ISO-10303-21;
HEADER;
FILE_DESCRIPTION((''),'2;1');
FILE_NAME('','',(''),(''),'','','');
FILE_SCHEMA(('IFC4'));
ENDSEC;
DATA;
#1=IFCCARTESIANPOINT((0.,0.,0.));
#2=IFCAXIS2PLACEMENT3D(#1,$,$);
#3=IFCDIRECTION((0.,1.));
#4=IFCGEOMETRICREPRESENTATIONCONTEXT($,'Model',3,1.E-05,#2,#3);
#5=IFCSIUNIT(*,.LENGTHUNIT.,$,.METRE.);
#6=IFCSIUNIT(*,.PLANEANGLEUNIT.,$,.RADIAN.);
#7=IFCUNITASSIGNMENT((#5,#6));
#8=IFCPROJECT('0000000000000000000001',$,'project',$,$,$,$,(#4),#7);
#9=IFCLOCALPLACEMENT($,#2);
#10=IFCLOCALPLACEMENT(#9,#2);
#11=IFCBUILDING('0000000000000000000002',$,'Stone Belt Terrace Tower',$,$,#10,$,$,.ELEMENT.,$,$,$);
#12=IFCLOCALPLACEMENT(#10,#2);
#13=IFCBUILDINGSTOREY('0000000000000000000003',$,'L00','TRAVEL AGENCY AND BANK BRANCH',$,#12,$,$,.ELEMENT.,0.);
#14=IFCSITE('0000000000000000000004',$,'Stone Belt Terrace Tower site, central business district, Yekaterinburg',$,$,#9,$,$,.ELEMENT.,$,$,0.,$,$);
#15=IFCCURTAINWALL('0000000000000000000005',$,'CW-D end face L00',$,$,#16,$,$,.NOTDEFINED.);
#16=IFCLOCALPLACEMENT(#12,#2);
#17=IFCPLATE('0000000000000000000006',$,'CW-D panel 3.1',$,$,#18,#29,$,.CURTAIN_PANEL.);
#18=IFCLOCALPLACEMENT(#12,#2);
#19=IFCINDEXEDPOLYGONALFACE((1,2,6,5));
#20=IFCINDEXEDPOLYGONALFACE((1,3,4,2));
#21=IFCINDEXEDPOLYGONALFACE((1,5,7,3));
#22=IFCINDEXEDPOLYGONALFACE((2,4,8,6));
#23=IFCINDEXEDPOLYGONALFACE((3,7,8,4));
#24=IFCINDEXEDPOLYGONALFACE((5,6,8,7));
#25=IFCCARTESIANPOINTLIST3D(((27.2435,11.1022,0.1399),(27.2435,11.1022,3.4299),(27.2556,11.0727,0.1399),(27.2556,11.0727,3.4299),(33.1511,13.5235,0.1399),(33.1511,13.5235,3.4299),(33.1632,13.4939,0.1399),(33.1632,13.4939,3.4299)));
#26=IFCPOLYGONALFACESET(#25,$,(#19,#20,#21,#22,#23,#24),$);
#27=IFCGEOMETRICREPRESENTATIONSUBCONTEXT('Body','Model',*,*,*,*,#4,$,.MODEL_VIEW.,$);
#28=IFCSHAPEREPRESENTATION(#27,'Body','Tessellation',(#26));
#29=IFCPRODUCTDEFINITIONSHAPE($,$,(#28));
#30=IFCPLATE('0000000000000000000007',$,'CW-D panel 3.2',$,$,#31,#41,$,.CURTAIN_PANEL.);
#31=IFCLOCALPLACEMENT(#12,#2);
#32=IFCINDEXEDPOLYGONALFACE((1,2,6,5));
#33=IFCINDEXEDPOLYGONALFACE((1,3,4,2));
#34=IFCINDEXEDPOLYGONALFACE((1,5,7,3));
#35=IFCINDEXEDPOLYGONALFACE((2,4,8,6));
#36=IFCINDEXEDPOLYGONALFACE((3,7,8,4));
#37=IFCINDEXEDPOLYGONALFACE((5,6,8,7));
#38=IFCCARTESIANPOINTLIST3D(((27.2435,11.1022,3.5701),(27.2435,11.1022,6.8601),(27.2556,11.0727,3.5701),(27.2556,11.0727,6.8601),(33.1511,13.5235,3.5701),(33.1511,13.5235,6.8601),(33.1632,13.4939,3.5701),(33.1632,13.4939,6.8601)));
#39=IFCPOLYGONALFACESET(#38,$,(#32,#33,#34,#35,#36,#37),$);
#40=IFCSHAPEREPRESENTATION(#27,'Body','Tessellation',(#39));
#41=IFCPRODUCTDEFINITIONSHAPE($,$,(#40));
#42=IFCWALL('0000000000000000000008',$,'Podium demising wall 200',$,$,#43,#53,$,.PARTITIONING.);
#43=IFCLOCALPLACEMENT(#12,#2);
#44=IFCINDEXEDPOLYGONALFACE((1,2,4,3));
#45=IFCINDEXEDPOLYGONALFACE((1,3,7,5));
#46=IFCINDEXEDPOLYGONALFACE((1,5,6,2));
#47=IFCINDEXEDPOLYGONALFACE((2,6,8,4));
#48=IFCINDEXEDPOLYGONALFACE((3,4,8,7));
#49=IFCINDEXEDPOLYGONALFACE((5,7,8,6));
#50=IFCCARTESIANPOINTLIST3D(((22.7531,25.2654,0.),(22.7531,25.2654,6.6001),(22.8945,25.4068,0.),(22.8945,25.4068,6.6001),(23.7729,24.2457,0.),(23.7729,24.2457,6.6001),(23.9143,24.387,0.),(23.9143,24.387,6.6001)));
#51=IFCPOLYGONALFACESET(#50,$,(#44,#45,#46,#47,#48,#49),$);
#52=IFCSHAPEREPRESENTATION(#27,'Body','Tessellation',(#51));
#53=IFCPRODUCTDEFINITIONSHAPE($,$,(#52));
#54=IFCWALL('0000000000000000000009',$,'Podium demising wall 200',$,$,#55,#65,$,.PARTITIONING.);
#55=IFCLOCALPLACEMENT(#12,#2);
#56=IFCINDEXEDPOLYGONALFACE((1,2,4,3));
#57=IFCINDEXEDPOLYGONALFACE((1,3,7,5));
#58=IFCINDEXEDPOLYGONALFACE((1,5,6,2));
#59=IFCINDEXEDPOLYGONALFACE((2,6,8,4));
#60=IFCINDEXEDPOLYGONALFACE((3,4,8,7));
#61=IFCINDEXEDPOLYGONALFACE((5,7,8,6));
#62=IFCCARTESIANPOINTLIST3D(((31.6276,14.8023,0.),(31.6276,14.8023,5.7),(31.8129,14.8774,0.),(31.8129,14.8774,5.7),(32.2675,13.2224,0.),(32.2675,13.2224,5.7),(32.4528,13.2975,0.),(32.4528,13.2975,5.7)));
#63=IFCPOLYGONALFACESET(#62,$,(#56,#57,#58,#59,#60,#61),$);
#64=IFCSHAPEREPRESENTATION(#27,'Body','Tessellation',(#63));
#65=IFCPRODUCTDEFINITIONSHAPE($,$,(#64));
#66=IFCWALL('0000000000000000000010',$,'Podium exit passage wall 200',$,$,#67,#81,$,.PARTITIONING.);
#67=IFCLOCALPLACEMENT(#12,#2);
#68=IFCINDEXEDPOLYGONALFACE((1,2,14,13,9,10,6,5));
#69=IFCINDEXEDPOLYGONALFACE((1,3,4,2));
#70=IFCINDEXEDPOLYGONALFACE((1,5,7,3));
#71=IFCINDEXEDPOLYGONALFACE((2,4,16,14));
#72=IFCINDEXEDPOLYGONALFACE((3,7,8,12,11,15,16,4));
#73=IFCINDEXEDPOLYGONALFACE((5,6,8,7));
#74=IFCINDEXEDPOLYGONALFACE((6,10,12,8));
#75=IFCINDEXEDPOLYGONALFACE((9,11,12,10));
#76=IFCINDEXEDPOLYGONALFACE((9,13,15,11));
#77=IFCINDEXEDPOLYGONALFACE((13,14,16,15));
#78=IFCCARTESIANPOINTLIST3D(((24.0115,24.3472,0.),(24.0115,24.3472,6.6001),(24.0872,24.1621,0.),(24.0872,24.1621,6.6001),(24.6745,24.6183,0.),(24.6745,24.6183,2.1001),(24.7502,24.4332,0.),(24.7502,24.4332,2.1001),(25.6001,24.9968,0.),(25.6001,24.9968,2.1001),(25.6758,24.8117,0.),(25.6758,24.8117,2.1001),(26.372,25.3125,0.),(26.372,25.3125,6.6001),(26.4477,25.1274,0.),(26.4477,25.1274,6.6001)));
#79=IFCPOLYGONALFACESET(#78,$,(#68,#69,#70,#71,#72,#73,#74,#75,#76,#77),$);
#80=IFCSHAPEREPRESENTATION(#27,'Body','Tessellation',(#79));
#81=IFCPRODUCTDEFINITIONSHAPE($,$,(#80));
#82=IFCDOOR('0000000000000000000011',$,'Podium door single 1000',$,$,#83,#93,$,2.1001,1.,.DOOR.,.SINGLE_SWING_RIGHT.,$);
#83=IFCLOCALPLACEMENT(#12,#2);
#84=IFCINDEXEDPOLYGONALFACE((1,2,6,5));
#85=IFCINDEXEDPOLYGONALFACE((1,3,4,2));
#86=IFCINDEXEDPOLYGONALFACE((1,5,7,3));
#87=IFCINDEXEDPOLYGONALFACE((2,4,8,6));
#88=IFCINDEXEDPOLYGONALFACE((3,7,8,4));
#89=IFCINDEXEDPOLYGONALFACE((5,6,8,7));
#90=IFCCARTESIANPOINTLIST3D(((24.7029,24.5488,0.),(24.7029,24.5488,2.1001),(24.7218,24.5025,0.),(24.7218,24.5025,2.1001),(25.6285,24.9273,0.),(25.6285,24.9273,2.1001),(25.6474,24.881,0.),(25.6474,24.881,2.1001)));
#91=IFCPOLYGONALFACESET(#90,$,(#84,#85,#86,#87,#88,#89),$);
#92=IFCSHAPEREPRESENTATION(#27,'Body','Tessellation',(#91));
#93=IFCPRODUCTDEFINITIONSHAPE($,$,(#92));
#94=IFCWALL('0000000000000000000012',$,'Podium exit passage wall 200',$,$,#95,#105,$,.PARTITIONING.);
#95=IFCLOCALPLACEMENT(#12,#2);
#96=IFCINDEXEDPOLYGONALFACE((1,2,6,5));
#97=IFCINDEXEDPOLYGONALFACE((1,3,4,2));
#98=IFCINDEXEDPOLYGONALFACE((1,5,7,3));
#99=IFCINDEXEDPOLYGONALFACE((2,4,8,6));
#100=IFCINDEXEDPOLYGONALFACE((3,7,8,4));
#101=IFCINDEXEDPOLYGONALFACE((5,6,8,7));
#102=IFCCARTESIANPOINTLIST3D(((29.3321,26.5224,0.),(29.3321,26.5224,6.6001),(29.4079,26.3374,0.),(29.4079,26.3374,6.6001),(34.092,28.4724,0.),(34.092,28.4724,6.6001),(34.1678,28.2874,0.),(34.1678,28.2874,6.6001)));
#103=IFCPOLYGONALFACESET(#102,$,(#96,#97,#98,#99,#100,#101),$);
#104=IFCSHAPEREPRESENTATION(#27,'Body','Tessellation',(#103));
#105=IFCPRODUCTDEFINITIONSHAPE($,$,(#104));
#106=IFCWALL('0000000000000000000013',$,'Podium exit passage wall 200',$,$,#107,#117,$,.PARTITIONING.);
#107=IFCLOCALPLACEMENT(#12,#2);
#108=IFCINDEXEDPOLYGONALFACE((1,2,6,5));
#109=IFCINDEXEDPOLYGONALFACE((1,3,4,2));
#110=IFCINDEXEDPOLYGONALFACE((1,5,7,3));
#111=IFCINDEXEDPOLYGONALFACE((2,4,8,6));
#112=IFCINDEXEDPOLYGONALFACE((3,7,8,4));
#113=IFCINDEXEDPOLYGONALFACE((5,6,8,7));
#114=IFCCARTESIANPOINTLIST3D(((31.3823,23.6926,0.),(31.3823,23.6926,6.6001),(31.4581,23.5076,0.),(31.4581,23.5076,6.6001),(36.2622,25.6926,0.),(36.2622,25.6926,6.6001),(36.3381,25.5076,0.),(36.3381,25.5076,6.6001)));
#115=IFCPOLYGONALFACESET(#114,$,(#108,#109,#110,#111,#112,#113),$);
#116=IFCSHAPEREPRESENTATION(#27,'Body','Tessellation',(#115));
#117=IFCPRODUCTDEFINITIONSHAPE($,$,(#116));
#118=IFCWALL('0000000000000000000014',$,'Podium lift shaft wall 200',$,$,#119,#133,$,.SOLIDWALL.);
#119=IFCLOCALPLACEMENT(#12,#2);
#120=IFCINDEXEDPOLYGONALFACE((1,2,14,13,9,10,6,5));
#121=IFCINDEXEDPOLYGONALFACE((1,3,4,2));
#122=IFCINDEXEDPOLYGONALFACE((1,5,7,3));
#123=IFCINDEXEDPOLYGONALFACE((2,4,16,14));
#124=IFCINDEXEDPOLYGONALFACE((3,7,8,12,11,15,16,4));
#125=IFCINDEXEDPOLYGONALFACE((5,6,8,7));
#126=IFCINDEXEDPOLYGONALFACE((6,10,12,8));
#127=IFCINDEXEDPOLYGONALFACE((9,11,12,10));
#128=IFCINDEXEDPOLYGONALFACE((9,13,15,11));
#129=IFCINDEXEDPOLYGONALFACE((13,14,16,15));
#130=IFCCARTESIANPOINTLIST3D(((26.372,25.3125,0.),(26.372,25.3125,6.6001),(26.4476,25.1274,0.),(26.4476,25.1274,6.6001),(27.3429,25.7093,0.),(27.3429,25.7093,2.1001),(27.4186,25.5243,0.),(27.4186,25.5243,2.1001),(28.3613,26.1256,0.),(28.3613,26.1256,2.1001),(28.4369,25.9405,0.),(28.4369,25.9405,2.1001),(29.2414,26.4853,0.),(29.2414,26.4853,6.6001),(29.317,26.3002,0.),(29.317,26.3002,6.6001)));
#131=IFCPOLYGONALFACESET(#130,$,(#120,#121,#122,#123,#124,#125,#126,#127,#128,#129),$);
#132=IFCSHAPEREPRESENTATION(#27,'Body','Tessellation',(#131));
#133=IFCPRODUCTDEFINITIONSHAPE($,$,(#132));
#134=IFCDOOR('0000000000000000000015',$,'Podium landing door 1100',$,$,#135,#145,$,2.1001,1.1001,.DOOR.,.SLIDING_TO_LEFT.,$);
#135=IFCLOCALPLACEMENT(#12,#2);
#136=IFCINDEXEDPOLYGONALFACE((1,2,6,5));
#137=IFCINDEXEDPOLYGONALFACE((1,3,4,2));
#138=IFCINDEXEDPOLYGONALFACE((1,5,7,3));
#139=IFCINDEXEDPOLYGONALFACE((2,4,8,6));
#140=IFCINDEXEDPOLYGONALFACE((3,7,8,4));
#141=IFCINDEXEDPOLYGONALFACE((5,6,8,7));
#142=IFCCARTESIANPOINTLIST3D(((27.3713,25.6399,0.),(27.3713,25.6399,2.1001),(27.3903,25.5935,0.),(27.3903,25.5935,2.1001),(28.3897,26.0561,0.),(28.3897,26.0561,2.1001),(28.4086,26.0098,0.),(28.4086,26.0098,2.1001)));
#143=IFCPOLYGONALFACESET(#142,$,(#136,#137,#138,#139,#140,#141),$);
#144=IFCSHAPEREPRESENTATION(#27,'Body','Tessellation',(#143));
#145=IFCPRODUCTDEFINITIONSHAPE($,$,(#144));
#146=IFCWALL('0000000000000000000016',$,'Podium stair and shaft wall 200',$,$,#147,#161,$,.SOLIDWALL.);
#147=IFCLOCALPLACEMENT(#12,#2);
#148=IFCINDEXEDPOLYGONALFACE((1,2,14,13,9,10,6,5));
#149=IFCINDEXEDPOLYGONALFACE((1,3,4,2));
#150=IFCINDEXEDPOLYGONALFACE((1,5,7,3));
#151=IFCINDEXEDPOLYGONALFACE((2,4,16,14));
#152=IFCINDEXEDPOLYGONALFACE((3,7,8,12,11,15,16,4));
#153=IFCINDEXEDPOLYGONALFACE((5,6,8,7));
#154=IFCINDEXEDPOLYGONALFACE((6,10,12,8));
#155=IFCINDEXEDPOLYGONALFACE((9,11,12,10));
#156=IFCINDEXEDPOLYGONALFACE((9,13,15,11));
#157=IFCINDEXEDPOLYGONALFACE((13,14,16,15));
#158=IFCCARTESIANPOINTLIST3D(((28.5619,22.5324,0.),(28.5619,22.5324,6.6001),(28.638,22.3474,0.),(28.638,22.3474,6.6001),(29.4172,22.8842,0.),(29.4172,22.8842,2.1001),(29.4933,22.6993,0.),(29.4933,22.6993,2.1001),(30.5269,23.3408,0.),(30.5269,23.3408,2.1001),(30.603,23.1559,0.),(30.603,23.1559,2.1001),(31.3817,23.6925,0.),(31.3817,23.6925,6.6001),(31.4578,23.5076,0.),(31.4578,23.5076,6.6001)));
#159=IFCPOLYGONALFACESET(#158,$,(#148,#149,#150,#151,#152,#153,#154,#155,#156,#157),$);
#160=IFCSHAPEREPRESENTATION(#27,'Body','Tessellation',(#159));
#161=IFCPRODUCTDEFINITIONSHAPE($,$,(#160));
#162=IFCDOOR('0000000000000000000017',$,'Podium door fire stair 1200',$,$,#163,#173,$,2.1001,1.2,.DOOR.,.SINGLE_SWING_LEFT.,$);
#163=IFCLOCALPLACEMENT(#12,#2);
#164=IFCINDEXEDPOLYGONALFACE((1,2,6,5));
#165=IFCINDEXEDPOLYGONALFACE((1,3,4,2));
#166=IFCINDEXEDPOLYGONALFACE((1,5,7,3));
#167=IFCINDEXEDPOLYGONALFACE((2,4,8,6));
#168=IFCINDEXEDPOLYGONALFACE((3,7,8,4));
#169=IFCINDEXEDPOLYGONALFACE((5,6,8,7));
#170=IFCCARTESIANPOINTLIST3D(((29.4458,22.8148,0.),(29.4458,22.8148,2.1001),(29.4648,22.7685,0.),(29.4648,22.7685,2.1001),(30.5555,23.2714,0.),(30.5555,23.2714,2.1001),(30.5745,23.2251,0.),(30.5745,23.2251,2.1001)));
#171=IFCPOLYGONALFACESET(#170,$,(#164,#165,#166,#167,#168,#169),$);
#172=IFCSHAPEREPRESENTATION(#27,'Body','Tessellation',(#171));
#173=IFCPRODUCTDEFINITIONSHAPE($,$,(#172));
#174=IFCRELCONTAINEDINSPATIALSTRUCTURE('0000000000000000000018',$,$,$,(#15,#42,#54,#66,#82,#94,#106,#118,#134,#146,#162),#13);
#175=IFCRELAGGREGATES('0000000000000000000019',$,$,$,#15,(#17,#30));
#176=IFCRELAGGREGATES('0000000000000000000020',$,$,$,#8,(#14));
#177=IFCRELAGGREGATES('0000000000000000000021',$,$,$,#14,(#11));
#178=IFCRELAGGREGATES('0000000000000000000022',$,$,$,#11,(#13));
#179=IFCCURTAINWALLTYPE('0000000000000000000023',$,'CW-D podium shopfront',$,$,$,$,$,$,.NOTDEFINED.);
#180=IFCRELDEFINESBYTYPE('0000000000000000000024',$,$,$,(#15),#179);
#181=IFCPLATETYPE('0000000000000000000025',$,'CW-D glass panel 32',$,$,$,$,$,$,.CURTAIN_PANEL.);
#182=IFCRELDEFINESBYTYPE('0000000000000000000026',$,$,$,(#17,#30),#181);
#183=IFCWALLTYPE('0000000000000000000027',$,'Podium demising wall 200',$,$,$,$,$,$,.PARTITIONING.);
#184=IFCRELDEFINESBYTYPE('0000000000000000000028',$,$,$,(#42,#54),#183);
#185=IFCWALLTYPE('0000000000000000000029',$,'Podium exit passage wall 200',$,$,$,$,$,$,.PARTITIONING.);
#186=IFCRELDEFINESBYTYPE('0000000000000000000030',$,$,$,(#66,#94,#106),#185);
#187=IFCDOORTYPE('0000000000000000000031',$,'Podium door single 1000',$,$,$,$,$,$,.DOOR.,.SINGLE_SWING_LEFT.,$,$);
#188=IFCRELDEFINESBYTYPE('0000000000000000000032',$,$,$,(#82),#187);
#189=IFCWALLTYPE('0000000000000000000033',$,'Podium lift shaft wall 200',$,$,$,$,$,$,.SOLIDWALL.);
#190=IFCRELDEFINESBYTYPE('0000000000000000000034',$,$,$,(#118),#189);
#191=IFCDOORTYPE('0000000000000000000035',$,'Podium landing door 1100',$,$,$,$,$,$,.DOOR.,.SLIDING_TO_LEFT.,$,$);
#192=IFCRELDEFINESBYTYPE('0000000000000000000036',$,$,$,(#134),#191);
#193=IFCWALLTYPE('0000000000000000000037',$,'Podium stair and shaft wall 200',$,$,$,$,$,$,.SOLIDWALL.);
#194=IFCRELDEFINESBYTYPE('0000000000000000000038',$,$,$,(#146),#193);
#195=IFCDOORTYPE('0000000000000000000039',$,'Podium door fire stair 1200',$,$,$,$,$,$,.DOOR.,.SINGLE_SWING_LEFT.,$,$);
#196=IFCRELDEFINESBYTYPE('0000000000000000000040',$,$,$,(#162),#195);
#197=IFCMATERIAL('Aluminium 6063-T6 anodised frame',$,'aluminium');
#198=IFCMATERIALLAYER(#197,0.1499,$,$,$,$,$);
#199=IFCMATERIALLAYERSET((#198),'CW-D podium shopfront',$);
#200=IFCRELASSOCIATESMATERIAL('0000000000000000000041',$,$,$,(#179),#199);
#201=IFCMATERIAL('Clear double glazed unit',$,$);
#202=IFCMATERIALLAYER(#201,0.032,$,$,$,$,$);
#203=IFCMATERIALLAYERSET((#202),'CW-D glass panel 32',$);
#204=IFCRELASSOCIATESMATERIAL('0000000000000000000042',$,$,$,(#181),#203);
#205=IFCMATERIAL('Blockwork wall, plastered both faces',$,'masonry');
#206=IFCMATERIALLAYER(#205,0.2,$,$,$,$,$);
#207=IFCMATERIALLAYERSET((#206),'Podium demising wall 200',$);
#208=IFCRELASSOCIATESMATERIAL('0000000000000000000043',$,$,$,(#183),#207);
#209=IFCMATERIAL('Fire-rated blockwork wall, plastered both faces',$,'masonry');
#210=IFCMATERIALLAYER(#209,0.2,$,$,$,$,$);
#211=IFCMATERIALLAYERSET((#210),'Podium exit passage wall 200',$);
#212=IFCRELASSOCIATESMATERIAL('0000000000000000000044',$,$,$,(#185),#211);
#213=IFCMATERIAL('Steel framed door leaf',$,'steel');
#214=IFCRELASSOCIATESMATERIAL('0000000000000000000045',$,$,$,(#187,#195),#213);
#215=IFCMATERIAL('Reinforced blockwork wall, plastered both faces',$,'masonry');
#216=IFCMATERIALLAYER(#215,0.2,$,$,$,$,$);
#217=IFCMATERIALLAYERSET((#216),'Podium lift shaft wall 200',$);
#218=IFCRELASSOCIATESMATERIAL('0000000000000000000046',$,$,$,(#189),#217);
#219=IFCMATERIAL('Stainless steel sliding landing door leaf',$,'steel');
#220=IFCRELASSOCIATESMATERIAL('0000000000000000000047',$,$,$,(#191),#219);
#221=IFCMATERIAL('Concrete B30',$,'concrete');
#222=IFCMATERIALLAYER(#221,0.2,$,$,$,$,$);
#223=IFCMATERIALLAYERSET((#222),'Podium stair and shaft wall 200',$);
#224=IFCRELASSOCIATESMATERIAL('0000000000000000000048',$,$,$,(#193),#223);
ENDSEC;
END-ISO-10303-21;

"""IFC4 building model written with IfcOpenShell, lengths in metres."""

from ifc_helpers import new_model, si_unit, direction, frame, frame_2d, origin, origin_2d, place, context, subcontext, project, spatial, rectangle, extrude, material, layer, layer_set, type_object, element, fill, aggregate, save


model = new_model("IFC4")

# Units and contexts
model_context = context("Model", 3, precision=1e-05, world=origin(), true_north=direction((0.0, 1.0)))
body_context = subcontext(model_context, "Body", "Model", "MODEL_VIEW")
ifc_project = project(units=[si_unit("LENGTHUNIT", "METRE"), si_unit("PLANEANGLEUNIT", "RADIAN")], contexts=[model_context])

# Site, building, storey
site_placement = place(None, origin())
site = spatial("IfcSite", under=ifc_project, at=site_placement, Name="Stone Belt Terrace Tower site, central business district, Yekaterinburg", CompositionType="ELEMENT", RefElevation=0.0)
building_placement = place(site_placement, origin())
building = spatial("IfcBuilding", under=site, at=building_placement, Name="Stone Belt Terrace Tower", CompositionType="ELEMENT")
storey_placement = place(building_placement, origin())
storey = spatial("IfcBuildingStorey", under=building, at=storey_placement, Name="L00", Description="TRAVEL AGENCY AND BANK BRANCH", CompositionType="ELEMENT", Elevation=0.0)

# Curtain wall
ifc_material_1 = material(Name="Aluminium 6063-T6 anodised frame", Category="aluminium")
ifc_layer_1 = layer(ifc_material_1, 0.1499)
ifc_layer_set_1 = layer_set([ifc_layer_1], Name="CW-D podium shopfront")
curtain_wall_type = type_object("IfcCurtainWallType", Name="CW-D podium shopfront", PredefinedType="NOTDEFINED", material=ifc_layer_set_1)
curtain_wall_placement = place(storey_placement, origin())
curtain_wall = element("IfcCurtainWall", 1, at=curtain_wall_placement, inside=storey, type_object=curtain_wall_type, Name="CW-D end face L00", PredefinedType="NOTDEFINED")

# Plates
ifc_material_2 = material(Name="Clear double glazed unit")
ifc_layer_2 = layer(ifc_material_2, 0.032)
ifc_layer_set_2 = layer_set([ifc_layer_2], Name="CW-D glass panel 32")
plate_type = type_object("IfcPlateType", Name="CW-D glass panel 32", PredefinedType="CURTAIN_PANEL", material=ifc_layer_set_2)
plate_1_placement = place(storey_placement, frame((30.2034, 12.2981, 0.1399), z_axis=(0.0, 0.0, 1.0), x_axis=(0.925297, 0.379243, 0.0)))
plate_1 = element("IfcPlate", 2, at=plate_1_placement, type_object=plate_type, Name="CW-D panel 3.1", PredefinedType="CURTAIN_PANEL", context=body_context, shape_type="SweptSolid", body=[
    extrude(rectangle(XDim=6.3845, YDim=0.032, at=origin_2d()), origin(), (0.0, 0.0, 1.0), 3.29),
])
plate_2_placement = place(storey_placement, frame((30.2034, 12.2981, 3.5701), z_axis=(0.0, 0.0, 1.0), x_axis=(0.925297, 0.379243, 0.0)))
plate_2 = element("IfcPlate", 3, at=plate_2_placement, type_object=plate_type, Name="CW-D panel 3.2", PredefinedType="CURTAIN_PANEL", context=body_context, shape_type="SweptSolid", body=[
    extrude(rectangle(XDim=6.3845, YDim=0.032, at=origin_2d()), origin(), (0.0, 0.0, 1.0), 3.29),
])
aggregate(curtain_wall, [plate_1, plate_2])

# Walls
ifc_material_3 = material(Name="Blockwork wall, plastered both faces", Category="masonry")
ifc_layer_3 = layer(ifc_material_3, 0.2)
ifc_layer_set_3 = layer_set([ifc_layer_3], Name="Podium demising wall 200")
wall_type_1 = type_object("IfcWallType", Name="Podium demising wall 200", PredefinedType="PARTITIONING", material=ifc_layer_set_3)
wall_1_placement = place(storey_placement, frame((22.8237, 25.3362, 0.0), z_axis=(0.0, 0.0, 1.0), x_axis=(0.707107, -0.707107, 0.0)))
element("IfcWall", 4, at=wall_1_placement, inside=storey, type_object=wall_type_1, Name="Podium demising wall 200", PredefinedType="PARTITIONING", context=body_context, shape_type="SweptSolid", body=[
    extrude(rectangle(XDim=1.4421, YDim=0.2, at=frame_2d((0.7212, 0.0))), origin(), (0.0, 0.0, 1.0), 6.6001),
])
wall_2_placement = place(storey_placement, frame((31.7202, 14.8398, 0.0), z_axis=(0.0, 0.0, 1.0), x_axis=(0.375413, -0.926858, 0.0)))
element("IfcWall", 5, at=wall_2_placement, inside=storey, type_object=wall_type_1, Name="Podium demising wall 200", PredefinedType="PARTITIONING", context=body_context, shape_type="SweptSolid", body=[
    extrude(rectangle(XDim=1.7046, YDim=0.2, at=frame_2d((0.8523, 0.0))), origin(), (0.0, 0.0, 1.0), 5.7),
])

# Wall, opening, door
ifc_material_4 = material(Name="Fire-rated blockwork wall, plastered both faces", Category="masonry")
ifc_layer_4 = layer(ifc_material_4, 0.2)
ifc_layer_set_4 = layer_set([ifc_layer_4], Name="Podium exit passage wall 200")
wall_type_2 = type_object("IfcWallType", Name="Podium exit passage wall 200", PredefinedType="PARTITIONING", material=ifc_layer_set_4)
wall_3_placement = place(storey_placement, frame((24.0493, 24.2546, 0.0), z_axis=(0.0, 0.0, 1.0), x_axis=(0.925597, 0.37851, 0.0)))
wall_3 = element("IfcWall", 6, at=wall_3_placement, inside=storey, type_object=wall_type_2, Name="Podium exit passage wall 200", PredefinedType="PARTITIONING", context=body_context, shape_type="SweptSolid", body=[
    extrude(rectangle(XDim=2.5503, YDim=0.2, at=frame_2d((1.2751, 0.0))), origin(), (0.0, 0.0, 1.0), 6.6001),
])
opening_1_placement = place(wall_3_placement, frame((0.7163, 0.0, 0.0)))
opening_1 = element("IfcOpeningElement", 7, at=opening_1_placement, cuts=wall_3, PredefinedType="OPENING", context=body_context, shape_type="SweptSolid", body=[
    extrude(rectangle(XDim=1.0, YDim=2.1001, at=frame_2d((0.5, 1.05))), frame((0.0, 0.1099, 0.0), z_axis=(0.0, -1.0, 0.0), x_axis=(1.0, 0.0, 0.0)), (0.0, 0.0, 1.0), 0.22),
])
ifc_material_5 = material(Name="Steel framed door leaf", Category="steel")
door_type_1 = type_object("IfcDoorType", Name="Podium door single 1000", OperationType="SINGLE_SWING_LEFT", PredefinedType="DOOR", material=ifc_material_5)
door_1_placement = place(opening_1_placement, origin())
door_1 = element("IfcDoor", 8, at=door_1_placement, inside=storey, type_object=door_type_1, Name="Podium door single 1000", OperationType="SINGLE_SWING_RIGHT", OverallHeight=2.1001, OverallWidth=1.0, PredefinedType="DOOR", context=body_context, shape_type="SweptSolid", body=[
    extrude(rectangle(XDim=1.0, YDim=2.1001, at=frame_2d((0.5, 1.05))), frame((0.0, 0.0249, 0.0), z_axis=(0.0, -1.0, 0.0), x_axis=(1.0, 0.0, 0.0)), (0.0, 0.0, 1.0), 0.05),
])
fill(opening_1, door_1)

# Walls
wall_4_placement = place(storey_placement, frame((29.3701, 26.4299, 0.0), z_axis=(0.0, 0.0, 1.0), x_axis=(0.925358, 0.379095, 0.0)))
element("IfcWall", 9, at=wall_4_placement, inside=storey, type_object=wall_type_2, Name="Podium exit passage wall 200", PredefinedType="PARTITIONING", context=body_context, shape_type="SweptSolid", body=[
    extrude(rectangle(XDim=5.1438, YDim=0.2, at=frame_2d((2.5718, 0.0))), origin(), (0.0, 0.0, 1.0), 6.6001),
])
wall_5_placement = place(storey_placement, frame((31.4202, 23.6001, 0.0), z_axis=(0.0, 0.0, 1.0), x_axis=(0.925302, 0.379231, 0.0)))
element("IfcWall", 10, at=wall_5_placement, inside=storey, type_object=wall_type_2, Name="Podium exit passage wall 200", PredefinedType="PARTITIONING", context=body_context, shape_type="SweptSolid", body=[
    extrude(rectangle(XDim=5.2739, YDim=0.2, at=frame_2d((2.637, 0.0))), origin(), (0.0, 0.0, 1.0), 6.6001),
])

# Walls, openings, doors
ifc_material_6 = material(Name="Reinforced blockwork wall, plastered both faces", Category="masonry")
ifc_layer_5 = layer(ifc_material_6, 0.2)
ifc_layer_set_5 = layer_set([ifc_layer_5], Name="Podium lift shaft wall 200")
wall_type_3 = type_object("IfcWallType", Name="Podium lift shaft wall 200", PredefinedType="SOLIDWALL", material=ifc_layer_set_5)
wall_6_placement = place(storey_placement, frame((26.4099, 25.22, 0.0), z_axis=(0.0, 0.0, 1.0), x_axis=(0.925659, 0.37836, 0.0)))
wall_6 = element("IfcWall", 11, at=wall_6_placement, inside=storey, type_object=wall_type_3, Name="Podium lift shaft wall 200", PredefinedType="SOLIDWALL", context=body_context, shape_type="SweptSolid", body=[
    extrude(rectangle(XDim=3.0999, YDim=0.2, at=frame_2d((1.5498, 0.0))), origin(), (0.0, 0.0, 1.0), 6.6001),
])
opening_2_placement = place(wall_6_placement, frame((1.0488, 0.0, 0.0)))
opening_2 = element("IfcOpeningElement", 12, at=opening_2_placement, cuts=wall_6, PredefinedType="OPENING", context=body_context, shape_type="SweptSolid", body=[
    extrude(rectangle(XDim=1.1001, YDim=2.1001, at=frame_2d((0.55, 1.05))), frame((0.0, 0.1099, 0.0), z_axis=(0.0, -1.0, 0.0), x_axis=(1.0, 0.0, 0.0)), (0.0, 0.0, 1.0), 0.22),
])
ifc_material_7 = material(Name="Stainless steel sliding landing door leaf", Category="steel")
door_type_2 = type_object("IfcDoorType", Name="Podium landing door 1100", OperationType="SLIDING_TO_LEFT", PredefinedType="DOOR", material=ifc_material_7)
door_2_placement = place(opening_2_placement, origin())
door_2 = element("IfcDoor", 13, at=door_2_placement, inside=storey, type_object=door_type_2, Name="Podium landing door 1100", OperationType="SLIDING_TO_LEFT", OverallHeight=2.1001, OverallWidth=1.1001, PredefinedType="DOOR", context=body_context, shape_type="SweptSolid", body=[
    extrude(rectangle(XDim=1.1001, YDim=2.1001, at=frame_2d((0.55, 1.05))), frame((0.0, 0.0249, 0.0), z_axis=(0.0, -1.0, 0.0), x_axis=(1.0, 0.0, 0.0)), (0.0, 0.0, 1.0), 0.05),
])
fill(opening_2, door_2)
ifc_material_8 = material(Name="Concrete B30", Category="concrete")
ifc_layer_6 = layer(ifc_material_8, 0.2)
ifc_layer_set_6 = layer_set([ifc_layer_6], Name="Podium stair and shaft wall 200")
wall_type_4 = type_object("IfcWallType", Name="Podium stair and shaft wall 200", PredefinedType="SOLIDWALL", material=ifc_layer_set_6)
wall_7_placement = place(storey_placement, frame((28.6001, 22.4399, 0.0), z_axis=(0.0, 0.0, 1.0), x_axis=(0.924788, 0.380484, 0.0)))
wall_7 = element("IfcWall", 14, at=wall_7_placement, inside=storey, type_object=wall_type_4, Name="Podium stair and shaft wall 200", PredefinedType="SOLIDWALL", context=body_context, shape_type="SweptSolid", body=[
    extrude(rectangle(XDim=3.0491, YDim=0.2, at=frame_2d((1.5244, 0.0))), origin(), (0.0, 0.0, 1.0), 6.6001),
])
opening_3_placement = place(wall_7_placement, frame((0.9246, 0.0, 0.0)))
opening_3 = element("IfcOpeningElement", 15, at=opening_3_placement, cuts=wall_7, PredefinedType="OPENING", context=body_context, shape_type="SweptSolid", body=[
    extrude(rectangle(XDim=1.2, YDim=2.1001, at=frame_2d((0.6001, 1.05))), frame((0.0, 0.1099, 0.0), z_axis=(0.0, -1.0, 0.0), x_axis=(1.0, 0.0, 0.0)), (0.0, 0.0, 1.0), 0.22),
])
door_type_3 = type_object("IfcDoorType", Name="Podium door fire stair 1200", OperationType="SINGLE_SWING_LEFT", PredefinedType="DOOR", material=ifc_material_5)
door_3_placement = place(opening_3_placement, origin())
door_3 = element("IfcDoor", 16, at=door_3_placement, inside=storey, type_object=door_type_3, Name="Podium door fire stair 1200", OperationType="SINGLE_SWING_LEFT", OverallHeight=2.1001, OverallWidth=1.2, PredefinedType="DOOR", context=body_context, shape_type="SweptSolid", body=[
    extrude(rectangle(XDim=1.2, YDim=2.1001, at=frame_2d((0.6001, 1.05))), frame((0.0, 0.0249, 0.0), z_axis=(0.0, -1.0, 0.0), x_axis=(1.0, 0.0, 0.0)), (0.0, 0.0, 1.0), 0.05),
])
fill(opening_3, door_3)

save(model, "model.ifc")
